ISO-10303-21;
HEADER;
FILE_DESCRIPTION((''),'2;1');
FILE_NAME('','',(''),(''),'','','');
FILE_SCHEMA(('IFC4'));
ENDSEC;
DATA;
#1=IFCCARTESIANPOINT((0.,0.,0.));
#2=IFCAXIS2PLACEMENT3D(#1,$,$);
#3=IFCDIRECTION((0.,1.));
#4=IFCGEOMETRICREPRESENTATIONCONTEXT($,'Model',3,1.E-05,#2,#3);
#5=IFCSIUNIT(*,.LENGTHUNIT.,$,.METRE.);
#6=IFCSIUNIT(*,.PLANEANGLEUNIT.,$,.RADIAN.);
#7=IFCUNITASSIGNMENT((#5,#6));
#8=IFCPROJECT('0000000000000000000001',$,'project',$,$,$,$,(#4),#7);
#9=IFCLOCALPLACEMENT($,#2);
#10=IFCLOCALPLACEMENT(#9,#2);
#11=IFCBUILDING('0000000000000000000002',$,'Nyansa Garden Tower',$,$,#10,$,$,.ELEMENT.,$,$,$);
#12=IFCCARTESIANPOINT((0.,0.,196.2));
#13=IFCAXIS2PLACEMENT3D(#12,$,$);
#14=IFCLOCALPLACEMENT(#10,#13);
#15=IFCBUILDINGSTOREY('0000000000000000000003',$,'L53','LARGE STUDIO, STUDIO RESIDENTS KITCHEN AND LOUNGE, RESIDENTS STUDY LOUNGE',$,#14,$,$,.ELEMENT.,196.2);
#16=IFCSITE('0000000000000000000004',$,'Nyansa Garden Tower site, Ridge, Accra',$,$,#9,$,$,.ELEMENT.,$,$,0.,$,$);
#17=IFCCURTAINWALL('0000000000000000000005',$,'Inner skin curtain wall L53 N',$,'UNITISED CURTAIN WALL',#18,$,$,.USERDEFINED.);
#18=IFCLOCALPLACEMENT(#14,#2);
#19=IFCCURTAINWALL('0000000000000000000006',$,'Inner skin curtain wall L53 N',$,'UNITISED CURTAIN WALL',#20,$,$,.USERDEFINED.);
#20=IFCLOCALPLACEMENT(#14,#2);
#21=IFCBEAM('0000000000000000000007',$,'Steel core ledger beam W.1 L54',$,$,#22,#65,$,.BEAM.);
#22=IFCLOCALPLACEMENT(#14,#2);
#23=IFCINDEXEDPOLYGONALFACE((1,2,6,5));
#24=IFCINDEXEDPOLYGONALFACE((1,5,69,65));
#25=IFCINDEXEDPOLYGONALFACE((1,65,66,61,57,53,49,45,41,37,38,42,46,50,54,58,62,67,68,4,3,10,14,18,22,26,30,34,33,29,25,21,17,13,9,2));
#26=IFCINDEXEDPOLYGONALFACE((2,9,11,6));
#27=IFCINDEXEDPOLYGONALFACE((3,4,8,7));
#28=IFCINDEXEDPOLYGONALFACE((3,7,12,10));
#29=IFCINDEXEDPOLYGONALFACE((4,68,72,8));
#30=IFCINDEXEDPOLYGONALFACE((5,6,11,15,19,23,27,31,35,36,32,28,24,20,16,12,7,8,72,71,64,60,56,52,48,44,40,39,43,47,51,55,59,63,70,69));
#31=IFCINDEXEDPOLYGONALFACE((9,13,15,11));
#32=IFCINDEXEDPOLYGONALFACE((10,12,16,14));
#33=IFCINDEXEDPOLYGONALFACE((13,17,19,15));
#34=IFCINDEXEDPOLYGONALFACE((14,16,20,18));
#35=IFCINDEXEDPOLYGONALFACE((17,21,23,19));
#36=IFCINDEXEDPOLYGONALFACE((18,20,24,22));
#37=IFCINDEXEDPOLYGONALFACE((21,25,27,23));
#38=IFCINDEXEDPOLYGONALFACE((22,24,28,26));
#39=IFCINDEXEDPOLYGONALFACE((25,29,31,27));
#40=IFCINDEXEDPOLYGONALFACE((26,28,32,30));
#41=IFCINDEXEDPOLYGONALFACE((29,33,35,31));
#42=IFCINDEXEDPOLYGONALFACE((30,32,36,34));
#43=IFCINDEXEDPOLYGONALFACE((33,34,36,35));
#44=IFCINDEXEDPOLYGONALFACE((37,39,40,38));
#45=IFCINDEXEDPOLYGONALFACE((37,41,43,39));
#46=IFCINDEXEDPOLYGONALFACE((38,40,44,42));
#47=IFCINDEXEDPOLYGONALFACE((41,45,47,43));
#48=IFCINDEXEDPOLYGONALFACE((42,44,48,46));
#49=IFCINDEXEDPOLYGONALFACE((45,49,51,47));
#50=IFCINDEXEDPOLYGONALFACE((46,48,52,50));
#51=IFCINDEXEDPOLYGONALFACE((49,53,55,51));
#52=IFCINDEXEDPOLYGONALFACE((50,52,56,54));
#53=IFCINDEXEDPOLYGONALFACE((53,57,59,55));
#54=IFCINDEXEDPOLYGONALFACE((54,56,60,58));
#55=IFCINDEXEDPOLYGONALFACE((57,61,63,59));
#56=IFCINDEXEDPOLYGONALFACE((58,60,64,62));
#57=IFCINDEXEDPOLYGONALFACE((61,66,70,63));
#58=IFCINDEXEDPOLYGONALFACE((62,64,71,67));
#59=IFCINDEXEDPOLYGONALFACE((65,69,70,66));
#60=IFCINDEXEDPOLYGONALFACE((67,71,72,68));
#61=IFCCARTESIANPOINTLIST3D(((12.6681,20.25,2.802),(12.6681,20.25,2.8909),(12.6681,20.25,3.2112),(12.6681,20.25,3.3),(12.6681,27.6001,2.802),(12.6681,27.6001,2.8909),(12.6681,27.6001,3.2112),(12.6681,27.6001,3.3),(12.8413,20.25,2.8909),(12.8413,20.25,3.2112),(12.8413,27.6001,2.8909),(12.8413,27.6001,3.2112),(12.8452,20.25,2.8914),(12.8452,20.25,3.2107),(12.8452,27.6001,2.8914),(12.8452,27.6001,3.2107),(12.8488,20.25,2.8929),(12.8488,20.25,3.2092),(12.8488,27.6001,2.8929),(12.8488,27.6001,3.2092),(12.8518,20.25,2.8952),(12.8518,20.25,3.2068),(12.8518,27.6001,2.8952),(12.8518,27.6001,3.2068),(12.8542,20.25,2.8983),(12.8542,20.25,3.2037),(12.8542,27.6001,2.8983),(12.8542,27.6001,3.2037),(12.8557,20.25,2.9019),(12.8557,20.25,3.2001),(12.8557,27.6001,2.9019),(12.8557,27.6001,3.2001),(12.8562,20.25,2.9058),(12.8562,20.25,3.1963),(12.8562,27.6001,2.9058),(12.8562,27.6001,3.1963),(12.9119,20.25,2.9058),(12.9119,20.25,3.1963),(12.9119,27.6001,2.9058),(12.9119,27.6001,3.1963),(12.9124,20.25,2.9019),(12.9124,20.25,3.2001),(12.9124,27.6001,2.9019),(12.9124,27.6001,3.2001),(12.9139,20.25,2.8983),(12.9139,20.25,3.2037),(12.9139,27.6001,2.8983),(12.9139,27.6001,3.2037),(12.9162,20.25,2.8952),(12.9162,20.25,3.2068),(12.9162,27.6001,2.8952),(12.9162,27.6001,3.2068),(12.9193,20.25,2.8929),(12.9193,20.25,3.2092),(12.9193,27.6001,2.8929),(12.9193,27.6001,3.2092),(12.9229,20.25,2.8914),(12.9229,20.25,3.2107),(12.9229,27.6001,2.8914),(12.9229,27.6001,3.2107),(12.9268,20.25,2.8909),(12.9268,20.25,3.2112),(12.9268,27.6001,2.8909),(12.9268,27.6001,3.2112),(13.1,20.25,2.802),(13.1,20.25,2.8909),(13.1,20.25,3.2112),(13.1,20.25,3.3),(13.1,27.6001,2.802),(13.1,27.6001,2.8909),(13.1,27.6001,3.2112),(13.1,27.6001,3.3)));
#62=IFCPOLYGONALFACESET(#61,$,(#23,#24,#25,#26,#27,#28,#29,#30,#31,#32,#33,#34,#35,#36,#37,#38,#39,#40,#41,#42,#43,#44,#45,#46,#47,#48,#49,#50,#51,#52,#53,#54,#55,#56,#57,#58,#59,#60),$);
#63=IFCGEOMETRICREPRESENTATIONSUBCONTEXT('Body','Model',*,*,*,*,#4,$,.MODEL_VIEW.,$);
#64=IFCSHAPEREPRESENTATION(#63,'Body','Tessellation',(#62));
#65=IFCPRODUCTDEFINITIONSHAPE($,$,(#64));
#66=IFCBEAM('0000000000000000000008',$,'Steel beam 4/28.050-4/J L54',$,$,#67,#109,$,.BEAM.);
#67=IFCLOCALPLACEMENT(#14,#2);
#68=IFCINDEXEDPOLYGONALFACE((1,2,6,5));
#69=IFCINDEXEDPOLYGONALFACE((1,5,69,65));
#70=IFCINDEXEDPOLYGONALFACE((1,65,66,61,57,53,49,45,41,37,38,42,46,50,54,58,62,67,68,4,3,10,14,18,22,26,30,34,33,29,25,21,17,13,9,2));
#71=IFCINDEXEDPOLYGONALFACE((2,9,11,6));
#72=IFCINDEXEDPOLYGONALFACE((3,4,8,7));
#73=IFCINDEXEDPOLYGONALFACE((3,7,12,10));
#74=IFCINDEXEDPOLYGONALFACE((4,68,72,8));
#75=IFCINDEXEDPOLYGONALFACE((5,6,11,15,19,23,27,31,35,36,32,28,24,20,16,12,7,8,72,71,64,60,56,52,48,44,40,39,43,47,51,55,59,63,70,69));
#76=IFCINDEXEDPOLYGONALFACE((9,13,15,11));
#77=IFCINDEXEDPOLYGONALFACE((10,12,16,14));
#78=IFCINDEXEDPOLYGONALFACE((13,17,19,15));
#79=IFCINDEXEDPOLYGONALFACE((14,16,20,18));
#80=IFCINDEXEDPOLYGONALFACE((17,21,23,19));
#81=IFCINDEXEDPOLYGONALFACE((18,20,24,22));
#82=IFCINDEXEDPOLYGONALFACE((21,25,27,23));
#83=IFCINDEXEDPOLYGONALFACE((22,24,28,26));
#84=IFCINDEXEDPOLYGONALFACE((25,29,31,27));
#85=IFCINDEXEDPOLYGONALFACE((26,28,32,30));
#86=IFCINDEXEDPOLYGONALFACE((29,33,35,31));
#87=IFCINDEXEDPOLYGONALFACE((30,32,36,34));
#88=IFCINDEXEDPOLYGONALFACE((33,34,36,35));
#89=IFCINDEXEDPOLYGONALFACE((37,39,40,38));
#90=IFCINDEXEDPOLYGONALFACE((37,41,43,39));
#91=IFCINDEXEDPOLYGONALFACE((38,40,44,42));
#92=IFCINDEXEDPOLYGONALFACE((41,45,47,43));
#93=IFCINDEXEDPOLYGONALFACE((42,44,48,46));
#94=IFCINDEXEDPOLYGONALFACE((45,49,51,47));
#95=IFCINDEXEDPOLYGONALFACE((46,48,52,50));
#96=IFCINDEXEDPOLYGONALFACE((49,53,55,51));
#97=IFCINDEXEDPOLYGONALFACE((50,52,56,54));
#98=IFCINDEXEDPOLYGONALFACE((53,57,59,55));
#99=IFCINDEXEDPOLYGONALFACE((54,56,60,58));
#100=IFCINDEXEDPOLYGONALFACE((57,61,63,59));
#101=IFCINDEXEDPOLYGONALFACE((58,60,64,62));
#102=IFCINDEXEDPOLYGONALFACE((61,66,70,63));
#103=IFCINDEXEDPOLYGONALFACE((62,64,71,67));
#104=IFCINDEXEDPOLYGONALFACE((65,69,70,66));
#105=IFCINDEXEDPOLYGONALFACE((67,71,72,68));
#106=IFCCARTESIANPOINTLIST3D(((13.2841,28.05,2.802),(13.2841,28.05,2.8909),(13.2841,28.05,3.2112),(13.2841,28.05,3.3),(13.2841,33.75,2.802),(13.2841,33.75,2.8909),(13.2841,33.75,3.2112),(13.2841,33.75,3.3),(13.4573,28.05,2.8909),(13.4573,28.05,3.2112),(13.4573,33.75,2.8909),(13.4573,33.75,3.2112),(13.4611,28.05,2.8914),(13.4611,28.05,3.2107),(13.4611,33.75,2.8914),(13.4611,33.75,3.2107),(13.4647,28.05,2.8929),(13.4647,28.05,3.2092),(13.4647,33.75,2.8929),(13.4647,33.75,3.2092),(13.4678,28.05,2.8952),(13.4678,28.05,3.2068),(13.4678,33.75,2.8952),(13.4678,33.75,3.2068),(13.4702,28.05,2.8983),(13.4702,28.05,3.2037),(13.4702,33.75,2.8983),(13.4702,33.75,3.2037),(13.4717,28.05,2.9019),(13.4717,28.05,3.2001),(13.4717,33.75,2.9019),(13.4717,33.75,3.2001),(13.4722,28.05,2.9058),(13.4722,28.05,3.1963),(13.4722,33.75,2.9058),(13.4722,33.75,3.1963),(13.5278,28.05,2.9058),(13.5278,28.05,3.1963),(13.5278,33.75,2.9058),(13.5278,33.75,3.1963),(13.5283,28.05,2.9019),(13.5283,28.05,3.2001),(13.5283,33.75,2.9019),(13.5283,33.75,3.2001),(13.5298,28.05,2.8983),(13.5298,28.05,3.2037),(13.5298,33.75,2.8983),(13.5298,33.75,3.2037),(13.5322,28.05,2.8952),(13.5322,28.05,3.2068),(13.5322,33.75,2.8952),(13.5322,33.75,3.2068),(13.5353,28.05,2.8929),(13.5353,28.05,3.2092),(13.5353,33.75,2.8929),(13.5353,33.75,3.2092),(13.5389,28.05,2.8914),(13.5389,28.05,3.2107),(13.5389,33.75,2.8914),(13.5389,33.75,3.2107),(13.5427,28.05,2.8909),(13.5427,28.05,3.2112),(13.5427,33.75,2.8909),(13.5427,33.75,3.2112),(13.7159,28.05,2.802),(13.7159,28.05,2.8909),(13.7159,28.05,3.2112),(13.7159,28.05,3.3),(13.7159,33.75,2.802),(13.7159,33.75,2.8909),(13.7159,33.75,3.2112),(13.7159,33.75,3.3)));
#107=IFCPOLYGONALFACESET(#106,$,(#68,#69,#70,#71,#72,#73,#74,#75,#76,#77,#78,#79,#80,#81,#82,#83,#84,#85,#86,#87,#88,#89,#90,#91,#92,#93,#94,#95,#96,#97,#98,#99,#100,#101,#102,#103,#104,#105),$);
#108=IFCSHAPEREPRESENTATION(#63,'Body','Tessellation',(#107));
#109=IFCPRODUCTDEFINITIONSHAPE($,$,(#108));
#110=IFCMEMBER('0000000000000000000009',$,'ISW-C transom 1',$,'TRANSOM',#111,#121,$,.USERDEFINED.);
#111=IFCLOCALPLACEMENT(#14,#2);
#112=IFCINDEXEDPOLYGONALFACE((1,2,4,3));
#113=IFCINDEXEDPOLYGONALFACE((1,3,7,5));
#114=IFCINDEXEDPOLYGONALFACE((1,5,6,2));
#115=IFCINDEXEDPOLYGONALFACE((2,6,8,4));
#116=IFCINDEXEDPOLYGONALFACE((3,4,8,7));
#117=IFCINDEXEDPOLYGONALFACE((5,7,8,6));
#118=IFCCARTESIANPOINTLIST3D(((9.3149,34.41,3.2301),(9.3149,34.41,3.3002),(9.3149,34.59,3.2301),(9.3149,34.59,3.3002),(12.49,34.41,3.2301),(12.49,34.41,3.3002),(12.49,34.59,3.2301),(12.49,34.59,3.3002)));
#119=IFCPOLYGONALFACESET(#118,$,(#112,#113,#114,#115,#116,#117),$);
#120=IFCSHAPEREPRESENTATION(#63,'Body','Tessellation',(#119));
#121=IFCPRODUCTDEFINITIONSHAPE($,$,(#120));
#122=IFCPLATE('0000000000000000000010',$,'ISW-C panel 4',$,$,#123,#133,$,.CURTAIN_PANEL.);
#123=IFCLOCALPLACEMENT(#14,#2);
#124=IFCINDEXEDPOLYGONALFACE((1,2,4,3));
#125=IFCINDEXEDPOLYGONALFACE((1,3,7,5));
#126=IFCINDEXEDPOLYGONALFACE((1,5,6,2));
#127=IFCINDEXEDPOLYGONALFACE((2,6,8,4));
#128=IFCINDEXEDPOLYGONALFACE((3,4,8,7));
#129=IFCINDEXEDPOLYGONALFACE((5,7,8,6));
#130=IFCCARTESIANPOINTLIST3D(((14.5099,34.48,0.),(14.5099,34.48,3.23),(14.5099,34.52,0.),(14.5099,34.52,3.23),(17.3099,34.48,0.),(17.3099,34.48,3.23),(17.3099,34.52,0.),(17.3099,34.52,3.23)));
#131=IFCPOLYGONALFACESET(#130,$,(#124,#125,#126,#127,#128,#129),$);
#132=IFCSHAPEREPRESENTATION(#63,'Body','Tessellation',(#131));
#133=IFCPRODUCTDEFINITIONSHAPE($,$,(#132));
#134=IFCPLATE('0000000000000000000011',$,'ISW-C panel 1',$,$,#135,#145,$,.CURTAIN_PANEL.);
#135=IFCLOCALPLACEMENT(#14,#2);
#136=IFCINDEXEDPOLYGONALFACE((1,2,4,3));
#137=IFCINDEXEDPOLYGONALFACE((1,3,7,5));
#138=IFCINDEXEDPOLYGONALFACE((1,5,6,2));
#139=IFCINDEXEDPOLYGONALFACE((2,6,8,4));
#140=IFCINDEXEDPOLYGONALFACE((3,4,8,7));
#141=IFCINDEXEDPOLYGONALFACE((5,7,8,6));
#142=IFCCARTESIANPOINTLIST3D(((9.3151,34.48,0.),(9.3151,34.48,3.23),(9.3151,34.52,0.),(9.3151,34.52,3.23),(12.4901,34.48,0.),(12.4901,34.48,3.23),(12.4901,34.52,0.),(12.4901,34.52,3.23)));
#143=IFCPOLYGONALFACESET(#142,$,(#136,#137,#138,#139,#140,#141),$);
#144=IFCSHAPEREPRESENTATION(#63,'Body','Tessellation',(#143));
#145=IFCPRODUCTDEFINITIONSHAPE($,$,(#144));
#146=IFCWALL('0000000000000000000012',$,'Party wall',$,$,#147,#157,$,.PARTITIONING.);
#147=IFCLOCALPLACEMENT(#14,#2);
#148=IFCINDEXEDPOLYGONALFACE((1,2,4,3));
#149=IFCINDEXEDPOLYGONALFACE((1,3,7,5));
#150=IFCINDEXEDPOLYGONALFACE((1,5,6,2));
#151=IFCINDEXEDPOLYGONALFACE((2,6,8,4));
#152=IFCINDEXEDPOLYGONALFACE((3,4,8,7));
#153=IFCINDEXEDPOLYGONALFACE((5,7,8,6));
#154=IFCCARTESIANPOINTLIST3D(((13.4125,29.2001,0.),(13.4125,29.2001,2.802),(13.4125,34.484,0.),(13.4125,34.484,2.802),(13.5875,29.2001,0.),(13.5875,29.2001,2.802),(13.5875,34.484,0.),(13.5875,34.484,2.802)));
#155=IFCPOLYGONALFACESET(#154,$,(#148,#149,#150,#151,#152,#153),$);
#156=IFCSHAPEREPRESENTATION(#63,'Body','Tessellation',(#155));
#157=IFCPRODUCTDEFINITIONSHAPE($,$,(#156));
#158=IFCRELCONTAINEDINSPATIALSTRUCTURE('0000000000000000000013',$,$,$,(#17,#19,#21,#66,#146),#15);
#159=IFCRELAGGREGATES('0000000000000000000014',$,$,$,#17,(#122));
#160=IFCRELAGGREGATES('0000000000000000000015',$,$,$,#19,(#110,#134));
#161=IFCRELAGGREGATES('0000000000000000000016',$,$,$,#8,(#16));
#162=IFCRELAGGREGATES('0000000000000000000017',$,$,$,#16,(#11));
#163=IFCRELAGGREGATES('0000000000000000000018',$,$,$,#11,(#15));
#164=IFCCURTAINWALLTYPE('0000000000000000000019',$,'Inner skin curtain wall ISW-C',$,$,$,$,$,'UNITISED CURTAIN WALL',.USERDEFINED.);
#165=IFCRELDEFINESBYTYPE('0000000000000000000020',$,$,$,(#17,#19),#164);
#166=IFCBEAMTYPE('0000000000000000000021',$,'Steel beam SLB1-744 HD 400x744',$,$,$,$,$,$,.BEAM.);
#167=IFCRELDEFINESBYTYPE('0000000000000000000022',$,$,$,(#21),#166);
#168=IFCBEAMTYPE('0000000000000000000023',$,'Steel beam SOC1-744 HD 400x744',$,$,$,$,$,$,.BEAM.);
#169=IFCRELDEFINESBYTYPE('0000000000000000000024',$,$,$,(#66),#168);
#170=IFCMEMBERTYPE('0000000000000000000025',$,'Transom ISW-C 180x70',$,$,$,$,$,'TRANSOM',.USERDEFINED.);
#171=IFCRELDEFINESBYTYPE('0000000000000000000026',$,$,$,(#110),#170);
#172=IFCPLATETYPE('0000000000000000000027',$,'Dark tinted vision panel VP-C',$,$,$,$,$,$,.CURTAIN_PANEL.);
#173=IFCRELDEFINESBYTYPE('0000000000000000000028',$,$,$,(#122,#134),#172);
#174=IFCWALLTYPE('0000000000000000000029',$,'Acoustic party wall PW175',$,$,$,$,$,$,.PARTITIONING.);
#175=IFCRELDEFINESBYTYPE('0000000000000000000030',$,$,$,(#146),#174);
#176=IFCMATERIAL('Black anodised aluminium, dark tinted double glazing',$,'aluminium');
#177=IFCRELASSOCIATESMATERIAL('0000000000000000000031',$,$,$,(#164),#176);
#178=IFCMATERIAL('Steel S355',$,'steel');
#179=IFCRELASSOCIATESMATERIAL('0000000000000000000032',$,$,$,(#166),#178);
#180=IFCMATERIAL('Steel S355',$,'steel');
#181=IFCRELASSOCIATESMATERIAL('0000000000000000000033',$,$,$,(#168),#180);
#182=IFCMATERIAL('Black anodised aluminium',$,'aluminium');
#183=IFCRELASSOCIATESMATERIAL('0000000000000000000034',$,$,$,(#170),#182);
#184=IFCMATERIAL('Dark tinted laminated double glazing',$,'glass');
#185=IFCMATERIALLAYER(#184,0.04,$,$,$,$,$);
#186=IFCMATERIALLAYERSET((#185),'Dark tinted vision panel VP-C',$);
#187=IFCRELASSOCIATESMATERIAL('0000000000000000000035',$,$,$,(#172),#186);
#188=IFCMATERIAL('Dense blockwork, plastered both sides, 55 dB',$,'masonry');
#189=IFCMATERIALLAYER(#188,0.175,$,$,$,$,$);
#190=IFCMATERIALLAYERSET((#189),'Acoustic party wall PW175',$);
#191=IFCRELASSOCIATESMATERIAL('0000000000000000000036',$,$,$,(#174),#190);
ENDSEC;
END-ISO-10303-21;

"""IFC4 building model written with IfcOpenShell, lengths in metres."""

from ifc_helpers import new_model, si_unit, direction, frame, frame_2d, origin, origin_2d, place, context, subcontext, project, spatial, rectangle, i_section, extrude, material, layer, layer_set, material_profile, profile_set, type_object, element, aggregate, save


model = new_model("IFC4")

# Units and contexts
model_context = context("Model", 3, precision=1e-05, world=origin(), true_north=direction((0.0, 1.0)))
body_context = subcontext(model_context, "Body", "Model", "MODEL_VIEW")
ifc_project = project(units=[si_unit("LENGTHUNIT", "METRE"), si_unit("PLANEANGLEUNIT", "RADIAN")], contexts=[model_context])

# Site, building, storey
site_placement = place(None, origin())
site = spatial("IfcSite", under=ifc_project, at=site_placement, Name="Nyansa Garden Tower site, Ridge, Accra", CompositionType="ELEMENT", RefElevation=0.0)
building_placement = place(site_placement, origin())
building = spatial("IfcBuilding", under=site, at=building_placement, Name="Nyansa Garden Tower", CompositionType="ELEMENT")
storey_placement = place(building_placement, frame((0.0, 0.0, 196.2)))
storey = spatial("IfcBuildingStorey", under=building, at=storey_placement, Name="L53", Description="LARGE STUDIO, STUDIO RESIDENTS KITCHEN AND LOUNGE, RESIDENTS STUDY LOUNGE", CompositionType="ELEMENT", Elevation=196.2)

# Curtain wall
ifc_material_1 = material(Name="Black anodised aluminium, dark tinted double glazing", Category="aluminium")
curtain_wall_type = type_object("IfcCurtainWallType", Name="Inner skin curtain wall ISW-C", ElementType="UNITISED CURTAIN WALL", PredefinedType="USERDEFINED", material=ifc_material_1)
curtain_wall_1_placement = place(storey_placement, origin())
curtain_wall_1 = element("IfcCurtainWall", 1, at=curtain_wall_1_placement, inside=storey, type_object=curtain_wall_type, Name="Inner skin curtain wall L53 N", ObjectType="UNITISED CURTAIN WALL", PredefinedType="USERDEFINED")

# Curtain wall
curtain_wall_2_placement = place(storey_placement, origin())
curtain_wall_2 = element("IfcCurtainWall", 2, at=curtain_wall_2_placement, inside=storey, type_object=curtain_wall_type, Name="Inner skin curtain wall L53 N", ObjectType="UNITISED CURTAIN WALL", PredefinedType="USERDEFINED")

# Beams
ifc_material_2 = material(Name="Steel S355", Category="steel")
ifc_material_profile_1 = material_profile(ifc_material_2, i_section(OverallWidth=0.4319, OverallDepth=0.498, WebThickness=0.0557, FlangeThickness=0.0889, FilletRadius=0.0149, at=origin_2d()), Name="HD 400x744")
ifc_profile_set_1 = profile_set([ifc_material_profile_1], Name="Steel S355")
beam_type_1 = type_object("IfcBeamType", Name="Steel beam SLB1-744 HD 400x744", PredefinedType="BEAM", material=ifc_profile_set_1)
beam_1_placement = place(storey_placement, frame((12.884, 27.6001, 3.051), z_axis=(0.0, -1.0, 0.0), x_axis=(1.0, 0.0, 0.0)))
element("IfcBeam", 3, at=beam_1_placement, inside=storey, type_object=beam_type_1, Name="Steel core ledger beam W.1 L54", PredefinedType="BEAM", context=body_context, shape_type="SweptSolid", body=[
    extrude(i_section(OverallWidth=0.4319, OverallDepth=0.498, WebThickness=0.0557, FlangeThickness=0.0889, FilletRadius=0.0149, at=origin_2d()), origin(), (0.0, 0.0, 1.0), 7.3501),
])
ifc_material_3 = material(Name="Steel S355", Category="steel")
ifc_material_profile_2 = material_profile(ifc_material_3, i_section(OverallWidth=0.4319, OverallDepth=0.498, WebThickness=0.0557, FlangeThickness=0.0889, FilletRadius=0.0149, at=origin_2d()), Name="HD 400x744")
ifc_profile_set_2 = profile_set([ifc_material_profile_2], Name="Steel S355")
beam_type_2 = type_object("IfcBeamType", Name="Steel beam SOC1-744 HD 400x744", PredefinedType="BEAM", material=ifc_profile_set_2)
beam_2_placement = place(storey_placement, frame((13.5, 28.05, 3.051), z_axis=(0.0, 1.0, 0.0), x_axis=(-1.0, 0.0, 0.0)))
element("IfcBeam", 4, at=beam_2_placement, inside=storey, type_object=beam_type_2, Name="Steel beam 4/28.050-4/J L54", PredefinedType="BEAM", context=body_context, shape_type="SweptSolid", body=[
    extrude(i_section(OverallWidth=0.4319, OverallDepth=0.498, WebThickness=0.0557, FlangeThickness=0.0889, FilletRadius=0.0149, at=origin_2d()), origin(), (0.0, 0.0, 1.0), 5.7),
])

# Member
ifc_material_4 = material(Name="Black anodised aluminium", Category="aluminium")
ifc_material_profile_3 = material_profile(ifc_material_4, rectangle(XDim=0.1799, YDim=0.0701, at=origin_2d()), Name="Transom 180x70")
ifc_profile_set_3 = profile_set([ifc_material_profile_3], Name="Black anodised aluminium")
member_type_1 = type_object("IfcMemberType", Name="Transom ISW-C 180x70", ElementType="TRANSOM", PredefinedType="USERDEFINED", material=ifc_profile_set_3)
member_1_placement = place(storey_placement, frame((12.49, 34.5, 3.2651), z_axis=(-1.0, 0.0, 0.0), x_axis=(0.0, -1.0, 0.0)))
member_1 = element("IfcMember", 5, at=member_1_placement, type_object=member_type_1, Name="ISW-C transom 1", ObjectType="TRANSOM", PredefinedType="USERDEFINED", context=body_context, shape_type="SweptSolid", body=[
    extrude(rectangle(XDim=0.1799, YDim=0.0701, at=origin_2d()), origin(), (0.0, 0.0, 1.0), 3.175),
])

# Plates
ifc_material_5 = material(Name="Dark tinted laminated double glazing", Category="glass")
ifc_layer_1 = layer(ifc_material_5, 0.04)
ifc_layer_set_1 = layer_set([ifc_layer_1], Name="Dark tinted vision panel VP-C")
plate_type = type_object("IfcPlateType", Name="Dark tinted vision panel VP-C", PredefinedType="CURTAIN_PANEL", material=ifc_layer_set_1)
plate_1_placement = place(storey_placement, frame((15.9099, 34.5, 0.0), z_axis=(0.0, 0.0, 1.0), x_axis=(-1.0, 0.0, 0.0)))
plate_1 = element("IfcPlate", 6, at=plate_1_placement, type_object=plate_type, Name="ISW-C panel 4", PredefinedType="CURTAIN_PANEL", context=body_context, shape_type="SweptSolid", body=[
    extrude(rectangle(XDim=2.8, YDim=0.04, at=origin_2d()), origin(), (0.0, 0.0, 1.0), 3.23),
])
aggregate(curtain_wall_1, [plate_1])
plate_2_placement = place(storey_placement, frame((10.9026, 34.5, 0.0), z_axis=(0.0, 0.0, 1.0), x_axis=(-1.0, 0.0, 0.0)))
plate_2 = element("IfcPlate", 7, at=plate_2_placement, type_object=plate_type, Name="ISW-C panel 1", PredefinedType="CURTAIN_PANEL", context=body_context, shape_type="SweptSolid", body=[
    extrude(rectangle(XDim=3.175, YDim=0.04, at=origin_2d()), origin(), (0.0, 0.0, 1.0), 3.23),
])
aggregate(curtain_wall_2, [member_1, plate_2])

# Wall
ifc_material_6 = material(Name="Dense blockwork, plastered both sides, 55 dB", Category="masonry")
ifc_layer_2 = layer(ifc_material_6, 0.175)
ifc_layer_set_2 = layer_set([ifc_layer_2], Name="Acoustic party wall PW175")
wall_type_1 = type_object("IfcWallType", Name="Acoustic party wall PW175", PredefinedType="PARTITIONING", material=ifc_layer_set_2)
wall_1_placement = place(storey_placement, frame((13.5, 29.2, 0.0), z_axis=(0.0, 0.0, 1.0), x_axis=(0.0, 1.0, 0.0)))
element("IfcWall", 8, at=wall_1_placement, inside=storey, type_object=wall_type_1, Name="Party wall", PredefinedType="PARTITIONING", context=body_context, shape_type="SweptSolid", body=[
    extrude(rectangle(XDim=5.2839, YDim=0.175, at=frame_2d((2.6421, 0.0))), origin(), (0.0, 0.0, 1.0), 2.802),
])

save(model, "model.ifc")
